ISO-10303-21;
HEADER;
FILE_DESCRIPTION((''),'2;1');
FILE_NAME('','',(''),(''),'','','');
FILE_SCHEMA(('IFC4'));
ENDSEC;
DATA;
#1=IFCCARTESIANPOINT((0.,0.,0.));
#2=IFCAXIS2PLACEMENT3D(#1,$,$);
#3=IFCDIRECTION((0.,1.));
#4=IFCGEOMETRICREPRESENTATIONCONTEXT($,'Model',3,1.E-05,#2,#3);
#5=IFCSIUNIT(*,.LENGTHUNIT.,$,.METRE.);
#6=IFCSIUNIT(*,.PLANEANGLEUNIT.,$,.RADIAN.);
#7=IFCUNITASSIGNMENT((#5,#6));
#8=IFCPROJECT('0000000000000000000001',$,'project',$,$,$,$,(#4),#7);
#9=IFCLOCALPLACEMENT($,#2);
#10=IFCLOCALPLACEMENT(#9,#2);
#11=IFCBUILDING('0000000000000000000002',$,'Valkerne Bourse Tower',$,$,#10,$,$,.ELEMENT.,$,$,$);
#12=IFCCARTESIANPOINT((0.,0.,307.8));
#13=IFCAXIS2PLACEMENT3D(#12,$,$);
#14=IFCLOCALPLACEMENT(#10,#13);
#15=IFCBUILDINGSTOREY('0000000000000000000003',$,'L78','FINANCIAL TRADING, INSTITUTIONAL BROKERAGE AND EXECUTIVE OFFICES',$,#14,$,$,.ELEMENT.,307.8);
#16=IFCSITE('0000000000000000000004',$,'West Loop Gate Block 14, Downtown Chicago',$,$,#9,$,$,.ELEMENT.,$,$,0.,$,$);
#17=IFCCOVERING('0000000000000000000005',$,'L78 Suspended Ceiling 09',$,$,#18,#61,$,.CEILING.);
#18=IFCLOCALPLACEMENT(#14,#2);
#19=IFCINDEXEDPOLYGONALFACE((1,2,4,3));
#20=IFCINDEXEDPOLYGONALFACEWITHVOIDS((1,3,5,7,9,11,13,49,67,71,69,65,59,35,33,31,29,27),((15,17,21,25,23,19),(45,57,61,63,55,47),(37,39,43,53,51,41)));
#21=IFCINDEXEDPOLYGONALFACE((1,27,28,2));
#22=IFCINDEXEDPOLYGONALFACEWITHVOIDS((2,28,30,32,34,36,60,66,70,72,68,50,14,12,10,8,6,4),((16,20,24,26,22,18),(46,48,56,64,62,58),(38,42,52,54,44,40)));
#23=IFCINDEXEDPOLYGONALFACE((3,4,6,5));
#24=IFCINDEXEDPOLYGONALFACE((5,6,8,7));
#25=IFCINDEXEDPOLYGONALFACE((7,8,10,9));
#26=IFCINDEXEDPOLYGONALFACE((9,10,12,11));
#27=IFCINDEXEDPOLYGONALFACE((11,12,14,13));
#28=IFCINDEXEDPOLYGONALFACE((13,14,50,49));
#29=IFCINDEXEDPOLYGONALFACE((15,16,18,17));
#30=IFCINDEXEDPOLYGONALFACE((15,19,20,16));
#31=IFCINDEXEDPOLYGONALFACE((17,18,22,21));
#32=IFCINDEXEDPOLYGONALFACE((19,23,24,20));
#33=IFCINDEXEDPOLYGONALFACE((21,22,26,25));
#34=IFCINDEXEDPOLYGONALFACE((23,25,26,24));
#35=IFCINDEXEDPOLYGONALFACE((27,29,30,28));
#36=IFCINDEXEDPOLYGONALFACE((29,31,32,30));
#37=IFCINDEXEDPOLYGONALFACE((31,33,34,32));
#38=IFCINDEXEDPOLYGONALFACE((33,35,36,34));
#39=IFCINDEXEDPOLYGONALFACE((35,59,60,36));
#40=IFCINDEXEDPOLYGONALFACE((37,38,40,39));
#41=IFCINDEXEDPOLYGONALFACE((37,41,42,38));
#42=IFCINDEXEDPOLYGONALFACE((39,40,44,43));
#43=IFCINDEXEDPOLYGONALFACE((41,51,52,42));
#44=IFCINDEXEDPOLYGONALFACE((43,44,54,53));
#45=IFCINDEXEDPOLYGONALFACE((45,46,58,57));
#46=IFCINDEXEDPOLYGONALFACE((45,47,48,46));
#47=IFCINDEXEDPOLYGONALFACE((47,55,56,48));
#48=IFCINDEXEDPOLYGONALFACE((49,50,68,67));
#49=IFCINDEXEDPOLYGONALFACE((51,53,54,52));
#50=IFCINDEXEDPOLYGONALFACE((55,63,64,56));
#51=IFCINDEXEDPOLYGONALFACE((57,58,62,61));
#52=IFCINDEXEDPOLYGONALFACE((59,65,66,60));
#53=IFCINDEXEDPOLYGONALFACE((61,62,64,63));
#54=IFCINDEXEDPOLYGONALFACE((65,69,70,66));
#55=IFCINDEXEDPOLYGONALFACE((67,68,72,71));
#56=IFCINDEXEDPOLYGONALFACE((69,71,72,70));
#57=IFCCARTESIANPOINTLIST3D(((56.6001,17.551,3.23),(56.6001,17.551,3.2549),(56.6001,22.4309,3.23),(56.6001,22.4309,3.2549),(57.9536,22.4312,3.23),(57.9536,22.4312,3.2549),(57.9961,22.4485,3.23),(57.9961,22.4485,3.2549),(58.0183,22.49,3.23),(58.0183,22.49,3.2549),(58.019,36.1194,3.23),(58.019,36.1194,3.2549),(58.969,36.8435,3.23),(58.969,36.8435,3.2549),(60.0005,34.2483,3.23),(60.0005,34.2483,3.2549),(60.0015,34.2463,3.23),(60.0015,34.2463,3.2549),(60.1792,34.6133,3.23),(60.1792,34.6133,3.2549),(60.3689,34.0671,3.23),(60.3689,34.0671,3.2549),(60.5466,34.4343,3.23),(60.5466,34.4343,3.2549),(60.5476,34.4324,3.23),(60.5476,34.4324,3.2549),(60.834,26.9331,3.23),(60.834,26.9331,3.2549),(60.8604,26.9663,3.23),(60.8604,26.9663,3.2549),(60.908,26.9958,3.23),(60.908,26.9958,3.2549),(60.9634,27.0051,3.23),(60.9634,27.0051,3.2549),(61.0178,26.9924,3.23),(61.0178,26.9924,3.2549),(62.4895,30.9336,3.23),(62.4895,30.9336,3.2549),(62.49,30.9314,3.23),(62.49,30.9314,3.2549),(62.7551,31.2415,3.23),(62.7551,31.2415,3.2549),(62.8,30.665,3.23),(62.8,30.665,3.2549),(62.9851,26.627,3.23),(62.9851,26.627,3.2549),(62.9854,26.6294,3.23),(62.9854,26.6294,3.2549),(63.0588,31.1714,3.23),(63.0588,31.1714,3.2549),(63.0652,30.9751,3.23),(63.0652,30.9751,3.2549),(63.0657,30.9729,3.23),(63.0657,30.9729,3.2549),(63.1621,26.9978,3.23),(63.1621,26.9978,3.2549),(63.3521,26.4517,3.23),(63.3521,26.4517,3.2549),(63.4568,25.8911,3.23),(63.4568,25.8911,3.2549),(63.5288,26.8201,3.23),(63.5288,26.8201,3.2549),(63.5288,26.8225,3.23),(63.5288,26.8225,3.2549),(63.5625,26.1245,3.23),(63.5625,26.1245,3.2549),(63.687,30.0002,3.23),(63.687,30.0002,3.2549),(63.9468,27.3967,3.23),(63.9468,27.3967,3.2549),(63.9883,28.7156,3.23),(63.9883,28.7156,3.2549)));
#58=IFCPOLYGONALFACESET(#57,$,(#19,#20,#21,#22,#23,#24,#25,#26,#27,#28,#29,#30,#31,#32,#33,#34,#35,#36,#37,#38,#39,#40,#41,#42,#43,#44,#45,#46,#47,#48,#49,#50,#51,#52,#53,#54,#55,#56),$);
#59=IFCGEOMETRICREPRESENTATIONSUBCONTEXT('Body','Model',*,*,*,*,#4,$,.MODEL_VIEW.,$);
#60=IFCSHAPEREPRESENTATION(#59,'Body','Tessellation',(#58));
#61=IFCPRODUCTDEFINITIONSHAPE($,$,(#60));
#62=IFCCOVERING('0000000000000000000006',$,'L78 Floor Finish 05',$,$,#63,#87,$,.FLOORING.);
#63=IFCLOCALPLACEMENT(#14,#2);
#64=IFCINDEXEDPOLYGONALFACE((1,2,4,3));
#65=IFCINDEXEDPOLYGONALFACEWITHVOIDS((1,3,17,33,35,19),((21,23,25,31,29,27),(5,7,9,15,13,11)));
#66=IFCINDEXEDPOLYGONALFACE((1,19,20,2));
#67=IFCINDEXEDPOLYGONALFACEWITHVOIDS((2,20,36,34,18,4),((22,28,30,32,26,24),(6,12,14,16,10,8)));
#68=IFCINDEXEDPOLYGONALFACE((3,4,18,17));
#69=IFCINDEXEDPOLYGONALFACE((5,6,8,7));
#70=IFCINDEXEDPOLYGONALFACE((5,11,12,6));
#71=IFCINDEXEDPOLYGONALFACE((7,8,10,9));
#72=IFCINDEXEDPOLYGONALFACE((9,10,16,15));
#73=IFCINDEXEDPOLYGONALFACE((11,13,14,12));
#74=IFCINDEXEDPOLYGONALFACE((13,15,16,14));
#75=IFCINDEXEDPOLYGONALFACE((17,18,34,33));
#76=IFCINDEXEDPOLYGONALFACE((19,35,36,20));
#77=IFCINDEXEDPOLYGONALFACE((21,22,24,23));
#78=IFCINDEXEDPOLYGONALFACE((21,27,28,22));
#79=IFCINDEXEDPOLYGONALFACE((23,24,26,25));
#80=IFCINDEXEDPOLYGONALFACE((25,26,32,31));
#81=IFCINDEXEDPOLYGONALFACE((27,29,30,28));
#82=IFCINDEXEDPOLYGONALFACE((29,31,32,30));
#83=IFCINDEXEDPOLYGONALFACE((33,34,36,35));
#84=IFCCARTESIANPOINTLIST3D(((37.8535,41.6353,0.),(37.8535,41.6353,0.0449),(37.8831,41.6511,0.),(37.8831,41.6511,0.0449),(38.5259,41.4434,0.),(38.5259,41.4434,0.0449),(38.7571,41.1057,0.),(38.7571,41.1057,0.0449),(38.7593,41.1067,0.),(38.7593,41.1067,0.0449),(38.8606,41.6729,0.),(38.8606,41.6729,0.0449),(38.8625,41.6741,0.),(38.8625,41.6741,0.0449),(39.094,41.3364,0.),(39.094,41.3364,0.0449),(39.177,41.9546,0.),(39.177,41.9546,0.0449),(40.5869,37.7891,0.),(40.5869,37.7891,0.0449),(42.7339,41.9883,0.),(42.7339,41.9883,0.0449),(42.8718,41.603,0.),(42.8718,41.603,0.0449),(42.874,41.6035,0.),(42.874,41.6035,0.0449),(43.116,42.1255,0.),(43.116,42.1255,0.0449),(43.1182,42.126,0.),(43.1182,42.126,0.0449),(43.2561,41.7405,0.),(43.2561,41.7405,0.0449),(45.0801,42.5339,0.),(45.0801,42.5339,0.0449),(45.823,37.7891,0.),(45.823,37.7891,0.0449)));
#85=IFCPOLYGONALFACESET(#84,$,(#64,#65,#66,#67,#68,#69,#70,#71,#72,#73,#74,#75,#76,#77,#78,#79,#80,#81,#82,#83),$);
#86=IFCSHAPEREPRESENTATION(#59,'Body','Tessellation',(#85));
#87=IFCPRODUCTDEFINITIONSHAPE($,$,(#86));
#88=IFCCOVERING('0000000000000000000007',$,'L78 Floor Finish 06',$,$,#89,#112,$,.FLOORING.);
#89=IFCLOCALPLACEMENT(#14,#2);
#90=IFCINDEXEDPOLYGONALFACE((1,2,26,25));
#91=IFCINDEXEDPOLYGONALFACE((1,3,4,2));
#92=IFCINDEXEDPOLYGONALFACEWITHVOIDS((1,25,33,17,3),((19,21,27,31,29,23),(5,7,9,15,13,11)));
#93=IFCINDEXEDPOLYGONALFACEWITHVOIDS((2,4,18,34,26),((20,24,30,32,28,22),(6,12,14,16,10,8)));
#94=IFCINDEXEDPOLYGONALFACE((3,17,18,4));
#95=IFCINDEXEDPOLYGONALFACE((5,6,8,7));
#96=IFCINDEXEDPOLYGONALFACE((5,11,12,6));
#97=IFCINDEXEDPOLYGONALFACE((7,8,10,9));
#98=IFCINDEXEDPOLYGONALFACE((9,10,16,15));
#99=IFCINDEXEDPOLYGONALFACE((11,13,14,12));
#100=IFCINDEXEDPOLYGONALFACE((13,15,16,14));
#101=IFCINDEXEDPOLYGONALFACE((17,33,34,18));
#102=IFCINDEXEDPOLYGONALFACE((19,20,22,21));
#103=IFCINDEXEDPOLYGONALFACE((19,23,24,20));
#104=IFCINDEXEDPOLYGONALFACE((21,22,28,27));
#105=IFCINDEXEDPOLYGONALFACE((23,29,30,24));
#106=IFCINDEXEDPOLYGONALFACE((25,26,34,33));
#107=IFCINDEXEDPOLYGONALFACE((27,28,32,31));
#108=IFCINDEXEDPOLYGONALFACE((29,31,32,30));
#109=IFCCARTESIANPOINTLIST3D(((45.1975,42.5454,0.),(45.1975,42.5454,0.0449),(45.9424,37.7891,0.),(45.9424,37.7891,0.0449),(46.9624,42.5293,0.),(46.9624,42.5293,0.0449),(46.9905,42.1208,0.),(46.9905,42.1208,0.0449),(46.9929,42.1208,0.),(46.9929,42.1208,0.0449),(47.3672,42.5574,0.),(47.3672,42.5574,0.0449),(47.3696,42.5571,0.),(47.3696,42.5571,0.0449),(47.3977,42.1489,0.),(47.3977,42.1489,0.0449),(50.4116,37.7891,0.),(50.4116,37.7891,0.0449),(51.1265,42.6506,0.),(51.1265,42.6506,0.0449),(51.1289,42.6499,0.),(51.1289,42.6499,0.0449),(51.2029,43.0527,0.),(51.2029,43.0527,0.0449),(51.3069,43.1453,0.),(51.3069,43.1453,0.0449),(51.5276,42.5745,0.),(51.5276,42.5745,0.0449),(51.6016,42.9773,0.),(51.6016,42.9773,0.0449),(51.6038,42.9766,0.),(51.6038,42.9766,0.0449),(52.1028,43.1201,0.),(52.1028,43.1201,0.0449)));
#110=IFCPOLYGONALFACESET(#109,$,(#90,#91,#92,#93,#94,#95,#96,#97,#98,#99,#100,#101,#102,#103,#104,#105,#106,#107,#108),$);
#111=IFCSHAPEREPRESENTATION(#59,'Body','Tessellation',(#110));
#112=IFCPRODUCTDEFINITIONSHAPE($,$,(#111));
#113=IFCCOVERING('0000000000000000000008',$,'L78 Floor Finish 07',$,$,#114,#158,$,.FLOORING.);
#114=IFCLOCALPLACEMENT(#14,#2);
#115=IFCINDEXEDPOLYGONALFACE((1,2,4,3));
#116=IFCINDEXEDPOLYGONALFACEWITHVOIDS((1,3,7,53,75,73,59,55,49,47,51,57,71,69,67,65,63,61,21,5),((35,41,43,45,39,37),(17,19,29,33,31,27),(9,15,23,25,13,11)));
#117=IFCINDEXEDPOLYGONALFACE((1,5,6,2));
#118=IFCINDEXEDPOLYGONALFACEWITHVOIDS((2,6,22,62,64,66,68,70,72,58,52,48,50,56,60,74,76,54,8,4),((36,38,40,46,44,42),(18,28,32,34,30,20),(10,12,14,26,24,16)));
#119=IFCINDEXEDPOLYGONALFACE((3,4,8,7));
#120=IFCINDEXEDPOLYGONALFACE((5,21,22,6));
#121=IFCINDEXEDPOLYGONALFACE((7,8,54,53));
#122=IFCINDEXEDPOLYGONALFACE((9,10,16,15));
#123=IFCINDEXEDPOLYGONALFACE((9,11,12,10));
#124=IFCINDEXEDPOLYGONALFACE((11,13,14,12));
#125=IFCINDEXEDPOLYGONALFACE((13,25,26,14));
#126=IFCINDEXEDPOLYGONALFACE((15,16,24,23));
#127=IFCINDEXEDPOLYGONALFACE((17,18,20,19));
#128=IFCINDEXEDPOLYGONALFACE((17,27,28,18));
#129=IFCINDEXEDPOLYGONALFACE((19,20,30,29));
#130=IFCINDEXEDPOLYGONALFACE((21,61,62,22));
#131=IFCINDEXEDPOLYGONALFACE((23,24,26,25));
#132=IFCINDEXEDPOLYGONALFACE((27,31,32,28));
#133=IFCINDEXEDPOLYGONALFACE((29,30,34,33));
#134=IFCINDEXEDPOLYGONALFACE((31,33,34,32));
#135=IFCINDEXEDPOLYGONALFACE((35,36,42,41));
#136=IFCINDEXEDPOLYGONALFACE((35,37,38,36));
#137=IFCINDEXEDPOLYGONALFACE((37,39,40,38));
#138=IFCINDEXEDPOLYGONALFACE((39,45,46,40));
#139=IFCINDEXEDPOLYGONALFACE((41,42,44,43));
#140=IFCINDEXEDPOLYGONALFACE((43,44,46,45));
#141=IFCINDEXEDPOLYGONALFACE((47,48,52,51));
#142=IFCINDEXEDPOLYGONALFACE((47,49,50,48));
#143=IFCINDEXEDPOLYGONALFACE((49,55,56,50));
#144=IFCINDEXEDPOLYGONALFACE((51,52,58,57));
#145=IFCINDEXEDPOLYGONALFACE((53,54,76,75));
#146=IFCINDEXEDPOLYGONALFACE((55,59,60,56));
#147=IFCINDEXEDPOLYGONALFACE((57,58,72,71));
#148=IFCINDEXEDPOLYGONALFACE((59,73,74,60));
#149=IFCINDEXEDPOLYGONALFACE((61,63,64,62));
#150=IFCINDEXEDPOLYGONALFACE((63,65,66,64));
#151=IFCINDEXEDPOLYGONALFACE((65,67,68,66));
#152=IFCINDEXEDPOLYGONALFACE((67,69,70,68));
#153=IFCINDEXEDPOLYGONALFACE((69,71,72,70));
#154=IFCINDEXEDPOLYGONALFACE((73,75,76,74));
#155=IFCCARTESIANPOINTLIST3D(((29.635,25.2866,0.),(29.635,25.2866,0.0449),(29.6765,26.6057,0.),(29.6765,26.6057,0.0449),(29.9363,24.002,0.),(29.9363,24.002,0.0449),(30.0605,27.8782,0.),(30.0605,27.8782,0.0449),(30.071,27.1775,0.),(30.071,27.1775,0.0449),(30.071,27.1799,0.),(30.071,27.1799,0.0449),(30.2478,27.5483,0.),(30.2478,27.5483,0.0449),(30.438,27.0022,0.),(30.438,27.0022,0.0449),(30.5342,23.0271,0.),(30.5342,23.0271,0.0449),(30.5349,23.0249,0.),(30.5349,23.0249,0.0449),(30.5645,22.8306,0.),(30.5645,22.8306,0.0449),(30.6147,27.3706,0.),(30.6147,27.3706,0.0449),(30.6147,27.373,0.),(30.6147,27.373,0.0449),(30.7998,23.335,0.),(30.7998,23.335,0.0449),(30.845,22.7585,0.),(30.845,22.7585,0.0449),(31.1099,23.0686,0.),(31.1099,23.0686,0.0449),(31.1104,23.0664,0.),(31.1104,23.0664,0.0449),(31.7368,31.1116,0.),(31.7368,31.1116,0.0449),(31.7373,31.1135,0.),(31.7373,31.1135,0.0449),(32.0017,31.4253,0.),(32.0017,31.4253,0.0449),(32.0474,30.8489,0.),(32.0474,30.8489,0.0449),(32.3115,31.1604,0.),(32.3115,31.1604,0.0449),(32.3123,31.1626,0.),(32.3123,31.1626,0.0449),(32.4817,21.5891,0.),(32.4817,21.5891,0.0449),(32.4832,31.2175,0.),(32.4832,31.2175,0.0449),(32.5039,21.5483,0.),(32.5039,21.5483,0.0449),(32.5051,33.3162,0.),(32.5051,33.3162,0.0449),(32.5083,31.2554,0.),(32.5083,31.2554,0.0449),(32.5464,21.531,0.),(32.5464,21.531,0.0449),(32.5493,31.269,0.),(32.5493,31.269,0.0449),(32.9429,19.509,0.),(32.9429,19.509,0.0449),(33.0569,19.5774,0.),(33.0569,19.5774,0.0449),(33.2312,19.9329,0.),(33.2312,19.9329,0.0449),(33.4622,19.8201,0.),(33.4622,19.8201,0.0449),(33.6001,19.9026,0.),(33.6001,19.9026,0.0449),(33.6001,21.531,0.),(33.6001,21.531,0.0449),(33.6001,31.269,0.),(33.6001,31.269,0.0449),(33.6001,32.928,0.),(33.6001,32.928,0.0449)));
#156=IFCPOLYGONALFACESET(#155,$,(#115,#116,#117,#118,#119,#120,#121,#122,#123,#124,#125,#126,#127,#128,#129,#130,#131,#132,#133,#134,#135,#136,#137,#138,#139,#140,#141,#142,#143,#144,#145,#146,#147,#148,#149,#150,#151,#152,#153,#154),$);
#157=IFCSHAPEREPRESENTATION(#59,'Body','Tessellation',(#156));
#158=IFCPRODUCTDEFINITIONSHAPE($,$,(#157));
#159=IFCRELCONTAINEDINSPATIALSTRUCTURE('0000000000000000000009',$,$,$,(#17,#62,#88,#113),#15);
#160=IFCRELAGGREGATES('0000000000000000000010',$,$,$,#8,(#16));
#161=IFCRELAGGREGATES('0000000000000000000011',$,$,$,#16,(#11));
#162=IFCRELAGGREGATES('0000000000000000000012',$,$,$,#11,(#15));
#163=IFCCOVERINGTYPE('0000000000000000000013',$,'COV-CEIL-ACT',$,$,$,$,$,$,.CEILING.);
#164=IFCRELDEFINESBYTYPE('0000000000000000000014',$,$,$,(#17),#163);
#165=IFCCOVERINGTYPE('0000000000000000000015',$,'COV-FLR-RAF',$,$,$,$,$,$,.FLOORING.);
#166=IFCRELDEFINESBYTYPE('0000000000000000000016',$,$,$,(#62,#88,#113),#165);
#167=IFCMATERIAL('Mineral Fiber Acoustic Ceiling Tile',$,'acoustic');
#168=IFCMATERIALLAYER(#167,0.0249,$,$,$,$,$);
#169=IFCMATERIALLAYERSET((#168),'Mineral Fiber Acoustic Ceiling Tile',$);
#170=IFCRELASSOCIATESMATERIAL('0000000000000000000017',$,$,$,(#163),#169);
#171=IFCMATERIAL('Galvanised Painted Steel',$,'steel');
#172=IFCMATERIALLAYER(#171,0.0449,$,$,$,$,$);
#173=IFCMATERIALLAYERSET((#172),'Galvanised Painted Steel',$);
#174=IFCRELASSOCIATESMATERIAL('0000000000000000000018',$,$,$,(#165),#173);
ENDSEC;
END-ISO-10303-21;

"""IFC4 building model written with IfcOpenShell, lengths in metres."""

from ifc_helpers import new_model, si_unit, direction, frame, origin, place, context, subcontext, project, spatial, polyline, outline, extrude, material, layer, layer_set, type_object, element, save


model = new_model("IFC4")

# Units and contexts
model_context = context("Model", 3, precision=1e-05, world=origin(), true_north=direction((0.0, 1.0)))
body_context = subcontext(model_context, "Body", "Model", "MODEL_VIEW")
ifc_project = project(units=[si_unit("LENGTHUNIT", "METRE"), si_unit("PLANEANGLEUNIT", "RADIAN")], contexts=[model_context])

# Site, building, storey
site_placement = place(None, origin())
site = spatial("IfcSite", under=ifc_project, at=site_placement, Name="West Loop Gate Block 14, Downtown Chicago", CompositionType="ELEMENT", RefElevation=0.0)
building_placement = place(site_placement, origin())
building = spatial("IfcBuilding", under=site, at=building_placement, Name="Valkerne Bourse Tower", CompositionType="ELEMENT")
storey_placement = place(building_placement, frame((0.0, 0.0, 307.8)))
storey = spatial("IfcBuildingStorey", under=building, at=storey_placement, Name="L78", Description="FINANCIAL TRADING, INSTITUTIONAL BROKERAGE AND EXECUTIVE OFFICES", CompositionType="ELEMENT", Elevation=307.8)

# Coverings
ifc_material_1 = material(Name="Mineral Fiber Acoustic Ceiling Tile", Category="acoustic")
ifc_layer_1 = layer(ifc_material_1, 0.0249)
ifc_layer_set_1 = layer_set([ifc_layer_1], Name="Mineral Fiber Acoustic Ceiling Tile")
covering_type_1 = type_object("IfcCoveringType", Name="COV-CEIL-ACT", PredefinedType="CEILING", material=ifc_layer_set_1)
covering_1_placement = place(storey_placement, frame((0.0, 0.0, 3.23)))
element("IfcCovering", 1, at=covering_1_placement, inside=storey, type_object=covering_type_1, Name="L78 Suspended Ceiling 09", PredefinedType="CEILING", context=body_context, shape_type="SweptSolid", body=[
    extrude(outline(polyline([(57.9536, 22.4312), (57.9961, 22.4485), (58.0183, 22.49), (58.019, 36.1194), (58.969, 36.8435), (63.0588, 31.1714), (63.687, 30.0002), (63.9883, 28.7156), (63.9468, 27.3967), (63.5625, 26.1245), (63.4568, 25.8911), (61.0178, 26.9924), (60.9634, 27.0051), (60.908, 26.9958), (60.8604, 26.9663), (60.834, 26.9331), (56.6001, 17.551), (56.6001, 22.4309), (57.9536, 22.4312)]), holes=[polyline([(63.5288, 26.8201), (63.5288, 26.8225), (63.1621, 26.9978), (62.9854, 26.6294), (62.9851, 26.627), (63.3521, 26.4517), (63.5288, 26.8201)]), polyline([(63.0652, 30.9751), (62.7551, 31.2415), (62.4895, 30.9336), (62.49, 30.9314), (62.8, 30.665), (63.0657, 30.9729), (63.0652, 30.9751)]), polyline([(60.5466, 34.4343), (60.1792, 34.6133), (60.0005, 34.2483), (60.0015, 34.2463), (60.3689, 34.0671), (60.5476, 34.4324), (60.5466, 34.4343)])]), origin(), (0.0, 0.0, 1.0), 0.0249),
])
ifc_material_2 = material(Name="Galvanised Painted Steel", Category="steel")
ifc_layer_2 = layer(ifc_material_2, 0.0449)
ifc_layer_set_2 = layer_set([ifc_layer_2], Name="Galvanised Painted Steel")
covering_type_2 = type_object("IfcCoveringType", Name="COV-FLR-RAF", PredefinedType="FLOORING", material=ifc_layer_set_2)
covering_2_placement = place(storey_placement, origin())
element("IfcCovering", 2, at=covering_2_placement, inside=storey, type_object=covering_type_2, Name="L78 Floor Finish 05", PredefinedType="FLOORING", context=body_context, shape_type="SweptSolid", body=[
    extrude(outline(polyline([(45.0801, 42.5339), (45.823, 37.7891), (40.5869, 37.7891), (37.8535, 41.6353), (37.8831, 41.6511), (39.177, 41.9546), (45.0801, 42.5339)]), holes=[polyline([(38.7593, 41.1067), (39.094, 41.3364), (38.8625, 41.6741), (38.8606, 41.6729), (38.5259, 41.4434), (38.7571, 41.1057), (38.7593, 41.1067)]), polyline([(43.2561, 41.7405), (43.1182, 42.126), (43.116, 42.1255), (42.7339, 41.9883), (42.8718, 41.603), (42.874, 41.6035), (43.2561, 41.7405)])]), origin(), (0.0, 0.0, 1.0), 0.0449),
])
covering_3_placement = place(storey_placement, origin())
element("IfcCovering", 3, at=covering_3_placement, inside=storey, type_object=covering_type_2, Name="L78 Floor Finish 06", PredefinedType="FLOORING", context=body_context, shape_type="SweptSolid", body=[
    extrude(outline(polyline([(50.4116, 37.7891), (45.9424, 37.7891), (45.1975, 42.5454), (51.3069, 43.1453), (52.1028, 43.1201), (50.4116, 37.7891)]), holes=[polyline([(47.3696, 42.5571), (47.3672, 42.5574), (46.9624, 42.5293), (46.9905, 42.1208), (46.9929, 42.1208), (47.3977, 42.1489), (47.3696, 42.5571)]), polyline([(51.6038, 42.9766), (51.6016, 42.9773), (51.2029, 43.0527), (51.1265, 42.6506), (51.1289, 42.6499), (51.5276, 42.5745), (51.6038, 42.9766)])]), origin(), (0.0, 0.0, 1.0), 0.0449),
])
covering_4_placement = place(storey_placement, origin())
element("IfcCovering", 4, at=covering_4_placement, inside=storey, type_object=covering_type_2, Name="L78 Floor Finish 07", PredefinedType="FLOORING", context=body_context, shape_type="SweptSolid", body=[
    extrude(outline(polyline([(29.635, 25.2866), (29.6765, 26.6057), (30.0605, 27.8782), (32.5051, 33.3162), (33.6001, 32.928), (33.6001, 31.269), (32.5493, 31.269), (32.5083, 31.2554), (32.4832, 31.2175), (32.4817, 21.5891), (32.5039, 21.5483), (32.5464, 21.531), (33.6001, 21.531), (33.6001, 19.9026), (33.4622, 19.8201), (33.2312, 19.9329), (33.0569, 19.5774), (32.9429, 19.509), (30.5645, 22.8306), (29.9363, 24.002), (29.635, 25.2866)]), holes=[polyline([(31.1099, 23.0686), (30.7998, 23.335), (30.5342, 23.0271), (30.5349, 23.0249), (30.845, 22.7585), (31.1104, 23.0664), (31.1099, 23.0686)]), polyline([(30.6147, 27.373), (30.2478, 27.5483), (30.071, 27.1799), (30.071, 27.1775), (30.438, 27.0022), (30.6147, 27.3706), (30.6147, 27.373)]), polyline([(32.3123, 31.1626), (32.0017, 31.4253), (31.7373, 31.1135), (31.7368, 31.1116), (32.0474, 30.8489), (32.3115, 31.1604), (32.3123, 31.1626)])]), origin(), (0.0, 0.0, 1.0), 0.0449),
])

save(model, "model.ifc")
